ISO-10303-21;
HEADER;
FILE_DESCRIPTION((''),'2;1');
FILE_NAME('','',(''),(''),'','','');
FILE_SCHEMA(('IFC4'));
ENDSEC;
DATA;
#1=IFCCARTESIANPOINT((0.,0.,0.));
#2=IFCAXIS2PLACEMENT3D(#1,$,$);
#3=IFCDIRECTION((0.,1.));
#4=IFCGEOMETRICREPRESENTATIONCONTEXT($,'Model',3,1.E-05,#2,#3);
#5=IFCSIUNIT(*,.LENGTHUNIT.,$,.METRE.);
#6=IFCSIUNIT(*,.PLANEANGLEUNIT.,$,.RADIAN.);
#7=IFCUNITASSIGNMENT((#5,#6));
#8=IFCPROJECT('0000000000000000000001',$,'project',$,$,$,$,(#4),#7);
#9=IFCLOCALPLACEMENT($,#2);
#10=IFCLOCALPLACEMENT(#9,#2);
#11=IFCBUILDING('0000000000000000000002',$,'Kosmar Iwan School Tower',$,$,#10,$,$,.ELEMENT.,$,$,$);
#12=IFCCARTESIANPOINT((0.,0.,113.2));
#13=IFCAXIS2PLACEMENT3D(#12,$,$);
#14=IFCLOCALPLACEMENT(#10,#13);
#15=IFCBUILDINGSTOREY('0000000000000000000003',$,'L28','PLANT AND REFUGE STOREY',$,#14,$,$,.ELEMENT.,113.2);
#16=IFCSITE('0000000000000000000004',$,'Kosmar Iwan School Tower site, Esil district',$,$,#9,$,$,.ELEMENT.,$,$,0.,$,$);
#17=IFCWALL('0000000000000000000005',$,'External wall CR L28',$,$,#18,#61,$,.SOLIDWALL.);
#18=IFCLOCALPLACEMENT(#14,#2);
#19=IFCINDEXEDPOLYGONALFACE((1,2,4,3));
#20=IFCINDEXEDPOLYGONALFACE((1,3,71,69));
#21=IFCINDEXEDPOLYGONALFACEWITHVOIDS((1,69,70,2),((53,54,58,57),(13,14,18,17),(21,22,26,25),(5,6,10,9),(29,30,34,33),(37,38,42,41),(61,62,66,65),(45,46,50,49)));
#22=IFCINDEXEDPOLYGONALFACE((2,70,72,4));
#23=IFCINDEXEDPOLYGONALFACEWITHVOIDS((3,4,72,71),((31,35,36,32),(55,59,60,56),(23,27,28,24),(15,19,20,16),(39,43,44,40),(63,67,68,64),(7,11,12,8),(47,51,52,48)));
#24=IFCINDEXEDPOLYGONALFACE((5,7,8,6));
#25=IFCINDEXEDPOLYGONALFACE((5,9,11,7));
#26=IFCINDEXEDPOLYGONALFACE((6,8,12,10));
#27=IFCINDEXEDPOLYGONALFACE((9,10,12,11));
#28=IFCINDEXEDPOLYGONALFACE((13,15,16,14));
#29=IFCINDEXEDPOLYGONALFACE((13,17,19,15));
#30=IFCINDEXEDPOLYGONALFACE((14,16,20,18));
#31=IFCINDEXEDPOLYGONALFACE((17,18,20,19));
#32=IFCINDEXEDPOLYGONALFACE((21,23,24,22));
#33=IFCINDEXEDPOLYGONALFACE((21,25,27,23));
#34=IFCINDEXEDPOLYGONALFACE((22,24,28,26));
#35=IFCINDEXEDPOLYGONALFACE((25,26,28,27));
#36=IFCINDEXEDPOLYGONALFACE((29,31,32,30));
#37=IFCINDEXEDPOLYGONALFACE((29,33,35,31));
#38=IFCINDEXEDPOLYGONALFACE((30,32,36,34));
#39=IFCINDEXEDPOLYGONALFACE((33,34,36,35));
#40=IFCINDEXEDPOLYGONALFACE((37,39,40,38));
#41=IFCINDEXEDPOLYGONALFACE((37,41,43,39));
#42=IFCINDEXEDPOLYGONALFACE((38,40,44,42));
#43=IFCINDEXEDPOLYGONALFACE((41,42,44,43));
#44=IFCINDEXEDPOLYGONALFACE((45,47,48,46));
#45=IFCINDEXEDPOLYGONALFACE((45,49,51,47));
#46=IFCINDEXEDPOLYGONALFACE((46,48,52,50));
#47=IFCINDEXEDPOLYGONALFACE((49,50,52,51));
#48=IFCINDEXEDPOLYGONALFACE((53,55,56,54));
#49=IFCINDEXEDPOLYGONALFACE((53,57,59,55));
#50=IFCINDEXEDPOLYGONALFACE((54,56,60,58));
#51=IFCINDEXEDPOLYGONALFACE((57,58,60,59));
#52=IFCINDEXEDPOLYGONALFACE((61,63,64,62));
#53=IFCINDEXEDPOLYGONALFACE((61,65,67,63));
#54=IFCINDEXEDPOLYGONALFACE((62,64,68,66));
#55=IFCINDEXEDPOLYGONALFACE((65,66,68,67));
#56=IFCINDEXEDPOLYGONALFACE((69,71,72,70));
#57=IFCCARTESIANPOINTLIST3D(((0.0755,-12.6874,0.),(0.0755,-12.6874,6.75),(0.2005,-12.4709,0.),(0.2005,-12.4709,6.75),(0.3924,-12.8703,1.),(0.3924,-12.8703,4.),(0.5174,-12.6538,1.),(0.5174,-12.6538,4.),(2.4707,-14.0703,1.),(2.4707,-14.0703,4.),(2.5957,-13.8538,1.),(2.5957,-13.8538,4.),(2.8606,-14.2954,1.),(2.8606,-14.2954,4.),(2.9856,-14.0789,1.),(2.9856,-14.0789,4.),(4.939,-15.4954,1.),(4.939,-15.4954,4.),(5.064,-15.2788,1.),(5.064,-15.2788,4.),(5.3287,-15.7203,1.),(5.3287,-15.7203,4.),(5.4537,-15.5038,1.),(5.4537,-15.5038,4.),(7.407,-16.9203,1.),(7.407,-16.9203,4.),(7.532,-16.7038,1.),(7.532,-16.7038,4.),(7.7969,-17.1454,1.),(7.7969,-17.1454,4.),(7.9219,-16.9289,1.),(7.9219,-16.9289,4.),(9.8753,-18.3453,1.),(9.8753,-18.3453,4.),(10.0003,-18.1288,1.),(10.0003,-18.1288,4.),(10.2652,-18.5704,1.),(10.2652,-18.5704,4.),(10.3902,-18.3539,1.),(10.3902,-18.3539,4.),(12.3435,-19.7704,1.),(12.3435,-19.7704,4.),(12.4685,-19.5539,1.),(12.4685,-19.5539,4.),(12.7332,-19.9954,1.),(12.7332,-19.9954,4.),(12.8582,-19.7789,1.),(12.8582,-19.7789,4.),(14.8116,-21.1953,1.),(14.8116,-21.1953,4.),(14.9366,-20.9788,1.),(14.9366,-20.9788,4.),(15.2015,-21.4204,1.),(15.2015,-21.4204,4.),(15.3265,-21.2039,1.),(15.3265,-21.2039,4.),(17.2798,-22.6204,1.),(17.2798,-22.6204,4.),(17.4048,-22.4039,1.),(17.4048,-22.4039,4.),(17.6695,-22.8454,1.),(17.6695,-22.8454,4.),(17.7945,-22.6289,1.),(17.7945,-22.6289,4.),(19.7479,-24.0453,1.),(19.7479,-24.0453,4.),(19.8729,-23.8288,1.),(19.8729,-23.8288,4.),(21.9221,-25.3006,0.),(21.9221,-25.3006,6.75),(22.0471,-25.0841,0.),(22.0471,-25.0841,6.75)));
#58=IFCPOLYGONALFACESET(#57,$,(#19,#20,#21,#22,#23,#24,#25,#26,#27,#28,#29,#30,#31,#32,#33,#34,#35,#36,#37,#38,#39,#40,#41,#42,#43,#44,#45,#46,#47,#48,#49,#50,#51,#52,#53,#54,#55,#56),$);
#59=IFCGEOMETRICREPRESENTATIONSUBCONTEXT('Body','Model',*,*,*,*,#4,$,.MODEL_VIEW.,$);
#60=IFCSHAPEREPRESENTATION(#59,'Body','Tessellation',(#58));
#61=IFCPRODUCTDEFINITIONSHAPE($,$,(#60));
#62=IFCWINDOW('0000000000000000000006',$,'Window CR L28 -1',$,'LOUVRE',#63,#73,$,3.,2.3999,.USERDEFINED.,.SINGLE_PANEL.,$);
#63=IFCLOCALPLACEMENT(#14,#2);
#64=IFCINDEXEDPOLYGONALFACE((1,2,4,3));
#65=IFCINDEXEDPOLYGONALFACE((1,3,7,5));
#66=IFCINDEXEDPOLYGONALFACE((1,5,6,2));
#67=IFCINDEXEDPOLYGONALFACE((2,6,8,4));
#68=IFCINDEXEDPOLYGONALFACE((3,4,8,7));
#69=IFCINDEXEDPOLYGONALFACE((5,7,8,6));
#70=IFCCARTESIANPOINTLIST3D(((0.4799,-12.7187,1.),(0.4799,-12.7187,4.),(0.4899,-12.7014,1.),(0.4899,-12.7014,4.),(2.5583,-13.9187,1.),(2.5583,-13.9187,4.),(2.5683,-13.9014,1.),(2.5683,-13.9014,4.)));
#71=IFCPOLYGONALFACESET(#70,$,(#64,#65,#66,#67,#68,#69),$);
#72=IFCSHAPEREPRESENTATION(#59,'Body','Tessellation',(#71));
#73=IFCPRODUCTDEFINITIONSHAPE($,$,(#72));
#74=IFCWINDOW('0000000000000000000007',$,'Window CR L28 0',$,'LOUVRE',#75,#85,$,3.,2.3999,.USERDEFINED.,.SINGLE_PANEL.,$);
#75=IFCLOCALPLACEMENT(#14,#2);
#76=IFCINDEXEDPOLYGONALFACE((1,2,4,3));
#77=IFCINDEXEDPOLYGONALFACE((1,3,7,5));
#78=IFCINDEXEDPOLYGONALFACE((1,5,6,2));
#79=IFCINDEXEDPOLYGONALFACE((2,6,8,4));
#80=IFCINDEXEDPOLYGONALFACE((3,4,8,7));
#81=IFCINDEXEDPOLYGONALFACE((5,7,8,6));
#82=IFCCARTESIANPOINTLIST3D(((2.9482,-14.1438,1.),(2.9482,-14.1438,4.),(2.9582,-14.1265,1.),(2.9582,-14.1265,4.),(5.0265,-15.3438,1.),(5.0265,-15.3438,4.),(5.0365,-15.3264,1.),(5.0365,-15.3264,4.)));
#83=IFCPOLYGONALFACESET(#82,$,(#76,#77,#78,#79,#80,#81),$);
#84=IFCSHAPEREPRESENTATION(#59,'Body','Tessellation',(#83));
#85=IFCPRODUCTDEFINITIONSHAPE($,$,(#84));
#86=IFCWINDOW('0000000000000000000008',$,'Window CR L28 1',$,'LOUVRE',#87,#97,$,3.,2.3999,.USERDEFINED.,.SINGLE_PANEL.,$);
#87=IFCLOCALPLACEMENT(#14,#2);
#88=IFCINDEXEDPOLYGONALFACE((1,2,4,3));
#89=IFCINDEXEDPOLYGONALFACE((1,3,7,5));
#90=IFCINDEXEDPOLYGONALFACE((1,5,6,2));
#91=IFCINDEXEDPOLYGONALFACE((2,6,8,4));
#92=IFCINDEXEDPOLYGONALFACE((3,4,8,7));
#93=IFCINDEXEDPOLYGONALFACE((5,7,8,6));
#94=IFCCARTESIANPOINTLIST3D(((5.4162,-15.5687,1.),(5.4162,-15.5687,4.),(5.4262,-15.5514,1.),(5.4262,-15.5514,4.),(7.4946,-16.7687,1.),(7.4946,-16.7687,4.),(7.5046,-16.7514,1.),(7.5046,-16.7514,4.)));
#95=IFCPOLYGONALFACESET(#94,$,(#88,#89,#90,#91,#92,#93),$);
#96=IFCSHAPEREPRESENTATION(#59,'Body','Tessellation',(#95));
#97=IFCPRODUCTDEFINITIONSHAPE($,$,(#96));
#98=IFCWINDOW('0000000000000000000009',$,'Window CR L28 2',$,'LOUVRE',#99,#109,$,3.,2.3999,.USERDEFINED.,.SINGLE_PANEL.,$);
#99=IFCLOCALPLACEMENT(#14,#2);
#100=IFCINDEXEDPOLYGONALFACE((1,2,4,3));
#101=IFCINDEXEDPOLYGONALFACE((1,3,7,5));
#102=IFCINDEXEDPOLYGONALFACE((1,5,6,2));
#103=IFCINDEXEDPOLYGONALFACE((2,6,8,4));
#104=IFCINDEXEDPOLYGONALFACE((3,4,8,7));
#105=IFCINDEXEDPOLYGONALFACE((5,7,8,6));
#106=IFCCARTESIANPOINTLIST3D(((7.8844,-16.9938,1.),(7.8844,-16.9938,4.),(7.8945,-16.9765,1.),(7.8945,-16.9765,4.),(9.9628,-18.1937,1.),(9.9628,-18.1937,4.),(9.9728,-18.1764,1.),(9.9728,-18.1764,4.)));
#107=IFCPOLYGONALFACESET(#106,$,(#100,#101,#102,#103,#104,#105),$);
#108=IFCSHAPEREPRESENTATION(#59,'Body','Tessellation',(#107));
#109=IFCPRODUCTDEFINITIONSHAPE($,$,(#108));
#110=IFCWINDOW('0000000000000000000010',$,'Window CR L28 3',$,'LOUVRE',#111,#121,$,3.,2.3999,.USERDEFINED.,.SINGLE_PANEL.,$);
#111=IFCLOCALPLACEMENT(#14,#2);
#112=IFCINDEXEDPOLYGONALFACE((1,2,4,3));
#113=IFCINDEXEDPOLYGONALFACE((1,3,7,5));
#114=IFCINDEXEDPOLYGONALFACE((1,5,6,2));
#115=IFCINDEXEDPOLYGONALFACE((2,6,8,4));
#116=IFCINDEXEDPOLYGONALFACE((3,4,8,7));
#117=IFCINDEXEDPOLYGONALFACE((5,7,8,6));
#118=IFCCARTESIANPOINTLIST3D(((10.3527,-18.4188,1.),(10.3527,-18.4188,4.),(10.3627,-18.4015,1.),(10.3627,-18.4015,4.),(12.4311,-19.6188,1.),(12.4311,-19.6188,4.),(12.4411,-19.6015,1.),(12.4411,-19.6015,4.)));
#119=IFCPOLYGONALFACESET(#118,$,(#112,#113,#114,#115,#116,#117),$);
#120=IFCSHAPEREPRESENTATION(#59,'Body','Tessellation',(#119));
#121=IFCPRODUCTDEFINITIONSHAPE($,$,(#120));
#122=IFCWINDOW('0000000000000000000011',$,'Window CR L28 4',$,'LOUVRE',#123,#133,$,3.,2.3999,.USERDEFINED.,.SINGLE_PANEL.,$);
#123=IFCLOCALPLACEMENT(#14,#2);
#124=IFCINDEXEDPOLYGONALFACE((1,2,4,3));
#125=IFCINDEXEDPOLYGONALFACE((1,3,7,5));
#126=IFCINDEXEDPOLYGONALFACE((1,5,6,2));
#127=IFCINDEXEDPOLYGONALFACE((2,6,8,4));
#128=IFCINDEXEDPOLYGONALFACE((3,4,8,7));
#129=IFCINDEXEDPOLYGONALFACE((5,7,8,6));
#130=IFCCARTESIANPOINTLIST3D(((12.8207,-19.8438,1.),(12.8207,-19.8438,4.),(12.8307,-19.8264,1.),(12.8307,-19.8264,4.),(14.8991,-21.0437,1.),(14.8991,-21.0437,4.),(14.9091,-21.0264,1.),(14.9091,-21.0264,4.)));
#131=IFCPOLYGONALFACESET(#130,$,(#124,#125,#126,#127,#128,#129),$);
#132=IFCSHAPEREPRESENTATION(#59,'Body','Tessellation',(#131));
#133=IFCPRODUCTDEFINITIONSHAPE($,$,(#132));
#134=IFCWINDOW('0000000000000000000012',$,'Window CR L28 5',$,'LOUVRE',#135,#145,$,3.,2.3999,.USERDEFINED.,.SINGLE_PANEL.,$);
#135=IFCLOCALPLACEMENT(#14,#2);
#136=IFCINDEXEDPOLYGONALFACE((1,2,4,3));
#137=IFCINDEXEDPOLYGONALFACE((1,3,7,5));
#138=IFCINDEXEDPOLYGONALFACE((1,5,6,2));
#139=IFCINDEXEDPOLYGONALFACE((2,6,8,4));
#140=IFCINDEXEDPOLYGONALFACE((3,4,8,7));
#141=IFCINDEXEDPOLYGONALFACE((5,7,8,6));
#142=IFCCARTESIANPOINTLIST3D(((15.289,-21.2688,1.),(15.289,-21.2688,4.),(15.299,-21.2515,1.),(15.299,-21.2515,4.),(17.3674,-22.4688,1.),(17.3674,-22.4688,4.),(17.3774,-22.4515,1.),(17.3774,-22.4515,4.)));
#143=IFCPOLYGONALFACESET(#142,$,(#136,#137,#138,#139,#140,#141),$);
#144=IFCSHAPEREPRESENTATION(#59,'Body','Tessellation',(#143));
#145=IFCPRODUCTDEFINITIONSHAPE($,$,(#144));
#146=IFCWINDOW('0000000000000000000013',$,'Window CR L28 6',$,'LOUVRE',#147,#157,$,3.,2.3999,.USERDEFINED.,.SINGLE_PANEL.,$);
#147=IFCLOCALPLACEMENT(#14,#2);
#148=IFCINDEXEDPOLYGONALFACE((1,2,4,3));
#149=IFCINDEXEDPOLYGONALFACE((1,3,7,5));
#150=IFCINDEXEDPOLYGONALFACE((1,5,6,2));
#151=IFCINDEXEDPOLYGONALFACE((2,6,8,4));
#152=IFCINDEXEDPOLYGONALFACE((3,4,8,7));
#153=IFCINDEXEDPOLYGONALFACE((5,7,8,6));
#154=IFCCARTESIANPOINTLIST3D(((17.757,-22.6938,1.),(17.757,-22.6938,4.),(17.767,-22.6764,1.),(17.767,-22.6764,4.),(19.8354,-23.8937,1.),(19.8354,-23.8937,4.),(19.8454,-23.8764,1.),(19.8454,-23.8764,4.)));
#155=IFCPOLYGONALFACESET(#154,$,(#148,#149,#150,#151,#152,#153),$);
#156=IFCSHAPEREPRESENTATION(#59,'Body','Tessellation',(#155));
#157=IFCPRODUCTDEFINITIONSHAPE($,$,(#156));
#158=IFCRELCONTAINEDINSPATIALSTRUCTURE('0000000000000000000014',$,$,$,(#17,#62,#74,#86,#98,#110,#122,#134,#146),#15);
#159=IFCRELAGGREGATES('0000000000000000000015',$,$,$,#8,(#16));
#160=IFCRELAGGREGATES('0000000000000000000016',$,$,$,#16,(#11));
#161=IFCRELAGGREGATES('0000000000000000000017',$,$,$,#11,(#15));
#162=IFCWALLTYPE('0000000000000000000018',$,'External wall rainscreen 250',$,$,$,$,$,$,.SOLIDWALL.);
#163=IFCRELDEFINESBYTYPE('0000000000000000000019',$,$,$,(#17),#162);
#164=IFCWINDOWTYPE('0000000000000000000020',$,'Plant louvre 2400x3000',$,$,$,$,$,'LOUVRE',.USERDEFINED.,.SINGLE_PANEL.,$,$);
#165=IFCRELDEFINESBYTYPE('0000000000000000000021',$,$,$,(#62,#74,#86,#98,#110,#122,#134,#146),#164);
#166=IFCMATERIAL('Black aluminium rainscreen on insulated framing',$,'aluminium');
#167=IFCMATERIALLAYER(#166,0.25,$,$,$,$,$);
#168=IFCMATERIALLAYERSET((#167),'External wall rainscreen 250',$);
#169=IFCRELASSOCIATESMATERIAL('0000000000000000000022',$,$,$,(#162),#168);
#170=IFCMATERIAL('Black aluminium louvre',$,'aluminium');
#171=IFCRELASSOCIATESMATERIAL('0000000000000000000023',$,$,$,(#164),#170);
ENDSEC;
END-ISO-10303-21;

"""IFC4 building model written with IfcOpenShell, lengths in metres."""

from ifc_helpers import new_model, si_unit, direction, frame, frame_2d, origin, place, context, subcontext, project, spatial, rectangle, extrude, material, layer, layer_set, type_object, element, fill, save


model = new_model("IFC4")

# Units and contexts
model_context = context("Model", 3, precision=1e-05, world=origin(), true_north=direction((0.0, 1.0)))
body_context = subcontext(model_context, "Body", "Model", "MODEL_VIEW")
ifc_project = project(units=[si_unit("LENGTHUNIT", "METRE"), si_unit("PLANEANGLEUNIT", "RADIAN")], contexts=[model_context])

# Site, building, storey
site_placement = place(None, origin())
site = spatial("IfcSite", under=ifc_project, at=site_placement, Name="Kosmar Iwan School Tower site, Esil district", CompositionType="ELEMENT", RefElevation=0.0)
building_placement = place(site_placement, origin())
building = spatial("IfcBuilding", under=site, at=building_placement, Name="Kosmar Iwan School Tower", CompositionType="ELEMENT")
storey_placement = place(building_placement, frame((0.0, 0.0, 113.2)))
storey = spatial("IfcBuildingStorey", under=building, at=storey_placement, Name="L28", Description="PLANT AND REFUGE STOREY", CompositionType="ELEMENT", Elevation=113.2)

# Wall, openings, windows
ifc_material_1 = material(Name="Black aluminium rainscreen on insulated framing", Category="aluminium")
ifc_layer = layer(ifc_material_1, 0.25)
ifc_layer_set = layer_set([ifc_layer], Name="External wall rainscreen 250")
wall_type = type_object("IfcWallType", Name="External wall rainscreen 250", PredefinedType="SOLIDWALL", material=ifc_layer_set)
ifc_material_2 = material(Name="Black aluminium louvre", Category="aluminium")
window_type = type_object("IfcWindowType", Name="Plant louvre 2400x3000", ElementType="LOUVRE", PartitioningType="SINGLE_PANEL", PredefinedType="USERDEFINED", material=ifc_material_2)
wall_1_placement = place(storey_placement, frame((0.1379, -12.5791, 0.0), z_axis=(0.0, 0.0, 1.0), x_axis=(0.866024, -0.500003, 0.0)))
wall_1 = element("IfcWall", 1, at=wall_1_placement, inside=storey, type_object=wall_type, Name="External wall CR L28", PredefinedType="SOLIDWALL", context=body_context, shape_type="SweptSolid", body=[
    extrude(rectangle(XDim=25.2263, YDim=0.25, at=frame_2d((12.6133, 0.0))), origin(), (0.0, 0.0, 1.0), 6.75),
])
opening_1_placement = place(wall_1_placement, frame((0.366, 0.0, 1.0)))
opening_1 = element("IfcOpeningElement", 2, at=opening_1_placement, cuts=wall_1, PredefinedType="OPENING", context=body_context, shape_type="SweptSolid", body=[
    extrude(rectangle(XDim=2.3999, YDim=3.0, at=frame_2d((1.2, 1.5))), frame((0.0, 0.137, 0.0), z_axis=(0.0, -1.0, 0.0), x_axis=(1.0, 0.0, 0.0)), (0.0, 0.0, 1.0), 0.2739),
])
opening_2_placement = place(wall_1_placement, frame((3.2161, 0.0, 1.0)))
opening_2 = element("IfcOpeningElement", 3, at=opening_2_placement, cuts=wall_1, PredefinedType="OPENING", context=body_context, shape_type="SweptSolid", body=[
    extrude(rectangle(XDim=2.3999, YDim=3.0, at=frame_2d((1.2, 1.5))), frame((0.0, 0.137, 0.0), z_axis=(0.0, -1.0, 0.0), x_axis=(1.0, 0.0, 0.0)), (0.0, 0.0, 1.0), 0.2739),
])
opening_3_placement = place(wall_1_placement, frame((6.0659, 0.0, 1.0)))
opening_3 = element("IfcOpeningElement", 4, at=opening_3_placement, cuts=wall_1, PredefinedType="OPENING", context=body_context, shape_type="SweptSolid", body=[
    extrude(rectangle(XDim=2.3999, YDim=3.0, at=frame_2d((1.2, 1.5))), frame((0.0, 0.137, 0.0), z_axis=(0.0, -1.0, 0.0), x_axis=(1.0, 0.0, 0.0)), (0.0, 0.0, 1.0), 0.2739),
])
opening_4_placement = place(wall_1_placement, frame((8.916, 0.0, 1.0)))
opening_4 = element("IfcOpeningElement", 5, at=opening_4_placement, cuts=wall_1, PredefinedType="OPENING", context=body_context, shape_type="SweptSolid", body=[
    extrude(rectangle(XDim=2.3999, YDim=3.0, at=frame_2d((1.2, 1.5))), frame((0.0, 0.137, 0.0), z_axis=(0.0, -1.0, 0.0), x_axis=(1.0, 0.0, 0.0)), (0.0, 0.0, 1.0), 0.2739),
])
opening_5_placement = place(wall_1_placement, frame((11.7661, 0.0, 1.0)))
opening_5 = element("IfcOpeningElement", 6, at=opening_5_placement, cuts=wall_1, PredefinedType="OPENING", context=body_context, shape_type="SweptSolid", body=[
    extrude(rectangle(XDim=2.3999, YDim=3.0, at=frame_2d((1.2, 1.5))), frame((0.0, 0.137, 0.0), z_axis=(0.0, -1.0, 0.0), x_axis=(1.0, 0.0, 0.0)), (0.0, 0.0, 1.0), 0.2739),
])
opening_6_placement = place(wall_1_placement, frame((14.616, 0.0, 1.0)))
opening_6 = element("IfcOpeningElement", 7, at=opening_6_placement, cuts=wall_1, PredefinedType="OPENING", context=body_context, shape_type="SweptSolid", body=[
    extrude(rectangle(XDim=2.3999, YDim=3.0, at=frame_2d((1.2, 1.5))), frame((0.0, 0.137, 0.0), z_axis=(0.0, -1.0, 0.0), x_axis=(1.0, 0.0, 0.0)), (0.0, 0.0, 1.0), 0.2739),
])
opening_7_placement = place(wall_1_placement, frame((17.4661, 0.0, 1.0)))
opening_7 = element("IfcOpeningElement", 8, at=opening_7_placement, cuts=wall_1, PredefinedType="OPENING", context=body_context, shape_type="SweptSolid", body=[
    extrude(rectangle(XDim=2.3999, YDim=3.0, at=frame_2d((1.2, 1.5))), frame((0.0, 0.137, 0.0), z_axis=(0.0, -1.0, 0.0), x_axis=(1.0, 0.0, 0.0)), (0.0, 0.0, 1.0), 0.2739),
])
opening_8_placement = place(wall_1_placement, frame((20.3159, 0.0, 1.0)))
opening_8 = element("IfcOpeningElement", 9, at=opening_8_placement, cuts=wall_1, PredefinedType="OPENING", context=body_context, shape_type="SweptSolid", body=[
    extrude(rectangle(XDim=2.3999, YDim=3.0, at=frame_2d((1.2, 1.5))), frame((0.0, 0.137, 0.0), z_axis=(0.0, -1.0, 0.0), x_axis=(1.0, 0.0, 0.0)), (0.0, 0.0, 1.0), 0.2739),
])
window_1_placement = place(opening_1_placement, origin())
window_1 = element("IfcWindow", 10, at=window_1_placement, inside=storey, type_object=window_type, Name="Window CR L28 -1", ObjectType="LOUVRE", OverallHeight=3.0, OverallWidth=2.3999, PartitioningType="SINGLE_PANEL", PredefinedType="USERDEFINED", context=body_context, shape_type="SweptSolid", body=[
    extrude(rectangle(XDim=2.3999, YDim=3.0, at=frame_2d((1.2, 1.5))), frame((0.0, 0.0701, 0.0), z_axis=(0.0, -1.0, 0.0), x_axis=(1.0, 0.0, 0.0)), (0.0, 0.0, 1.0), 0.02),
])
fill(opening_1, window_1)
window_2_placement = place(opening_2_placement, origin())
window_2 = element("IfcWindow", 11, at=window_2_placement, inside=storey, type_object=window_type, Name="Window CR L28 0", ObjectType="LOUVRE", OverallHeight=3.0, OverallWidth=2.3999, PartitioningType="SINGLE_PANEL", PredefinedType="USERDEFINED", context=body_context, shape_type="SweptSolid", body=[
    extrude(rectangle(XDim=2.3999, YDim=3.0, at=frame_2d((1.2, 1.5))), frame((0.0, 0.0701, 0.0), z_axis=(0.0, -1.0, 0.0), x_axis=(1.0, 0.0, 0.0)), (0.0, 0.0, 1.0), 0.02),
])
fill(opening_2, window_2)
window_3_placement = place(opening_3_placement, origin())
window_3 = element("IfcWindow", 12, at=window_3_placement, inside=storey, type_object=window_type, Name="Window CR L28 1", ObjectType="LOUVRE", OverallHeight=3.0, OverallWidth=2.3999, PartitioningType="SINGLE_PANEL", PredefinedType="USERDEFINED", context=body_context, shape_type="SweptSolid", body=[
    extrude(rectangle(XDim=2.3999, YDim=3.0, at=frame_2d((1.2, 1.5))), frame((0.0, 0.0701, 0.0), z_axis=(0.0, -1.0, 0.0), x_axis=(1.0, 0.0, 0.0)), (0.0, 0.0, 1.0), 0.02),
])
fill(opening_3, window_3)
window_4_placement = place(opening_4_placement, origin())
window_4 = element("IfcWindow", 13, at=window_4_placement, inside=storey, type_object=window_type, Name="Window CR L28 2", ObjectType="LOUVRE", OverallHeight=3.0, OverallWidth=2.3999, PartitioningType="SINGLE_PANEL", PredefinedType="USERDEFINED", context=body_context, shape_type="SweptSolid", body=[
    extrude(rectangle(XDim=2.3999, YDim=3.0, at=frame_2d((1.2, 1.5))), frame((0.0, 0.0701, 0.0), z_axis=(0.0, -1.0, 0.0), x_axis=(1.0, 0.0, 0.0)), (0.0, 0.0, 1.0), 0.02),
])
fill(opening_4, window_4)
window_5_placement = place(opening_5_placement, origin())
window_5 = element("IfcWindow", 14, at=window_5_placement, inside=storey, type_object=window_type, Name="Window CR L28 3", ObjectType="LOUVRE", OverallHeight=3.0, OverallWidth=2.3999, PartitioningType="SINGLE_PANEL", PredefinedType="USERDEFINED", context=body_context, shape_type="SweptSolid", body=[
    extrude(rectangle(XDim=2.3999, YDim=3.0, at=frame_2d((1.2, 1.5))), frame((0.0, 0.0701, 0.0), z_axis=(0.0, -1.0, 0.0), x_axis=(1.0, 0.0, 0.0)), (0.0, 0.0, 1.0), 0.02),
])
fill(opening_5, window_5)
window_6_placement = place(opening_6_placement, origin())
window_6 = element("IfcWindow", 15, at=window_6_placement, inside=storey, type_object=window_type, Name="Window CR L28 4", ObjectType="LOUVRE", OverallHeight=3.0, OverallWidth=2.3999, PartitioningType="SINGLE_PANEL", PredefinedType="USERDEFINED", context=body_context, shape_type="SweptSolid", body=[
    extrude(rectangle(XDim=2.3999, YDim=3.0, at=frame_2d((1.2, 1.5))), frame((0.0, 0.0701, 0.0), z_axis=(0.0, -1.0, 0.0), x_axis=(1.0, 0.0, 0.0)), (0.0, 0.0, 1.0), 0.02),
])
fill(opening_6, window_6)
window_7_placement = place(opening_7_placement, origin())
window_7 = element("IfcWindow", 16, at=window_7_placement, inside=storey, type_object=window_type, Name="Window CR L28 5", ObjectType="LOUVRE", OverallHeight=3.0, OverallWidth=2.3999, PartitioningType="SINGLE_PANEL", PredefinedType="USERDEFINED", context=body_context, shape_type="SweptSolid", body=[
    extrude(rectangle(XDim=2.3999, YDim=3.0, at=frame_2d((1.2, 1.5))), frame((0.0, 0.0701, 0.0), z_axis=(0.0, -1.0, 0.0), x_axis=(1.0, 0.0, 0.0)), (0.0, 0.0, 1.0), 0.02),
])
fill(opening_7, window_7)
window_8_placement = place(opening_8_placement, origin())
window_8 = element("IfcWindow", 17, at=window_8_placement, inside=storey, type_object=window_type, Name="Window CR L28 6", ObjectType="LOUVRE", OverallHeight=3.0, OverallWidth=2.3999, PartitioningType="SINGLE_PANEL", PredefinedType="USERDEFINED", context=body_context, shape_type="SweptSolid", body=[
    extrude(rectangle(XDim=2.3999, YDim=3.0, at=frame_2d((1.2, 1.5))), frame((0.0, 0.0701, 0.0), z_axis=(0.0, -1.0, 0.0), x_axis=(1.0, 0.0, 0.0)), (0.0, 0.0, 1.0), 0.02),
])
fill(opening_8, window_8)

save(model, "model.ifc")
